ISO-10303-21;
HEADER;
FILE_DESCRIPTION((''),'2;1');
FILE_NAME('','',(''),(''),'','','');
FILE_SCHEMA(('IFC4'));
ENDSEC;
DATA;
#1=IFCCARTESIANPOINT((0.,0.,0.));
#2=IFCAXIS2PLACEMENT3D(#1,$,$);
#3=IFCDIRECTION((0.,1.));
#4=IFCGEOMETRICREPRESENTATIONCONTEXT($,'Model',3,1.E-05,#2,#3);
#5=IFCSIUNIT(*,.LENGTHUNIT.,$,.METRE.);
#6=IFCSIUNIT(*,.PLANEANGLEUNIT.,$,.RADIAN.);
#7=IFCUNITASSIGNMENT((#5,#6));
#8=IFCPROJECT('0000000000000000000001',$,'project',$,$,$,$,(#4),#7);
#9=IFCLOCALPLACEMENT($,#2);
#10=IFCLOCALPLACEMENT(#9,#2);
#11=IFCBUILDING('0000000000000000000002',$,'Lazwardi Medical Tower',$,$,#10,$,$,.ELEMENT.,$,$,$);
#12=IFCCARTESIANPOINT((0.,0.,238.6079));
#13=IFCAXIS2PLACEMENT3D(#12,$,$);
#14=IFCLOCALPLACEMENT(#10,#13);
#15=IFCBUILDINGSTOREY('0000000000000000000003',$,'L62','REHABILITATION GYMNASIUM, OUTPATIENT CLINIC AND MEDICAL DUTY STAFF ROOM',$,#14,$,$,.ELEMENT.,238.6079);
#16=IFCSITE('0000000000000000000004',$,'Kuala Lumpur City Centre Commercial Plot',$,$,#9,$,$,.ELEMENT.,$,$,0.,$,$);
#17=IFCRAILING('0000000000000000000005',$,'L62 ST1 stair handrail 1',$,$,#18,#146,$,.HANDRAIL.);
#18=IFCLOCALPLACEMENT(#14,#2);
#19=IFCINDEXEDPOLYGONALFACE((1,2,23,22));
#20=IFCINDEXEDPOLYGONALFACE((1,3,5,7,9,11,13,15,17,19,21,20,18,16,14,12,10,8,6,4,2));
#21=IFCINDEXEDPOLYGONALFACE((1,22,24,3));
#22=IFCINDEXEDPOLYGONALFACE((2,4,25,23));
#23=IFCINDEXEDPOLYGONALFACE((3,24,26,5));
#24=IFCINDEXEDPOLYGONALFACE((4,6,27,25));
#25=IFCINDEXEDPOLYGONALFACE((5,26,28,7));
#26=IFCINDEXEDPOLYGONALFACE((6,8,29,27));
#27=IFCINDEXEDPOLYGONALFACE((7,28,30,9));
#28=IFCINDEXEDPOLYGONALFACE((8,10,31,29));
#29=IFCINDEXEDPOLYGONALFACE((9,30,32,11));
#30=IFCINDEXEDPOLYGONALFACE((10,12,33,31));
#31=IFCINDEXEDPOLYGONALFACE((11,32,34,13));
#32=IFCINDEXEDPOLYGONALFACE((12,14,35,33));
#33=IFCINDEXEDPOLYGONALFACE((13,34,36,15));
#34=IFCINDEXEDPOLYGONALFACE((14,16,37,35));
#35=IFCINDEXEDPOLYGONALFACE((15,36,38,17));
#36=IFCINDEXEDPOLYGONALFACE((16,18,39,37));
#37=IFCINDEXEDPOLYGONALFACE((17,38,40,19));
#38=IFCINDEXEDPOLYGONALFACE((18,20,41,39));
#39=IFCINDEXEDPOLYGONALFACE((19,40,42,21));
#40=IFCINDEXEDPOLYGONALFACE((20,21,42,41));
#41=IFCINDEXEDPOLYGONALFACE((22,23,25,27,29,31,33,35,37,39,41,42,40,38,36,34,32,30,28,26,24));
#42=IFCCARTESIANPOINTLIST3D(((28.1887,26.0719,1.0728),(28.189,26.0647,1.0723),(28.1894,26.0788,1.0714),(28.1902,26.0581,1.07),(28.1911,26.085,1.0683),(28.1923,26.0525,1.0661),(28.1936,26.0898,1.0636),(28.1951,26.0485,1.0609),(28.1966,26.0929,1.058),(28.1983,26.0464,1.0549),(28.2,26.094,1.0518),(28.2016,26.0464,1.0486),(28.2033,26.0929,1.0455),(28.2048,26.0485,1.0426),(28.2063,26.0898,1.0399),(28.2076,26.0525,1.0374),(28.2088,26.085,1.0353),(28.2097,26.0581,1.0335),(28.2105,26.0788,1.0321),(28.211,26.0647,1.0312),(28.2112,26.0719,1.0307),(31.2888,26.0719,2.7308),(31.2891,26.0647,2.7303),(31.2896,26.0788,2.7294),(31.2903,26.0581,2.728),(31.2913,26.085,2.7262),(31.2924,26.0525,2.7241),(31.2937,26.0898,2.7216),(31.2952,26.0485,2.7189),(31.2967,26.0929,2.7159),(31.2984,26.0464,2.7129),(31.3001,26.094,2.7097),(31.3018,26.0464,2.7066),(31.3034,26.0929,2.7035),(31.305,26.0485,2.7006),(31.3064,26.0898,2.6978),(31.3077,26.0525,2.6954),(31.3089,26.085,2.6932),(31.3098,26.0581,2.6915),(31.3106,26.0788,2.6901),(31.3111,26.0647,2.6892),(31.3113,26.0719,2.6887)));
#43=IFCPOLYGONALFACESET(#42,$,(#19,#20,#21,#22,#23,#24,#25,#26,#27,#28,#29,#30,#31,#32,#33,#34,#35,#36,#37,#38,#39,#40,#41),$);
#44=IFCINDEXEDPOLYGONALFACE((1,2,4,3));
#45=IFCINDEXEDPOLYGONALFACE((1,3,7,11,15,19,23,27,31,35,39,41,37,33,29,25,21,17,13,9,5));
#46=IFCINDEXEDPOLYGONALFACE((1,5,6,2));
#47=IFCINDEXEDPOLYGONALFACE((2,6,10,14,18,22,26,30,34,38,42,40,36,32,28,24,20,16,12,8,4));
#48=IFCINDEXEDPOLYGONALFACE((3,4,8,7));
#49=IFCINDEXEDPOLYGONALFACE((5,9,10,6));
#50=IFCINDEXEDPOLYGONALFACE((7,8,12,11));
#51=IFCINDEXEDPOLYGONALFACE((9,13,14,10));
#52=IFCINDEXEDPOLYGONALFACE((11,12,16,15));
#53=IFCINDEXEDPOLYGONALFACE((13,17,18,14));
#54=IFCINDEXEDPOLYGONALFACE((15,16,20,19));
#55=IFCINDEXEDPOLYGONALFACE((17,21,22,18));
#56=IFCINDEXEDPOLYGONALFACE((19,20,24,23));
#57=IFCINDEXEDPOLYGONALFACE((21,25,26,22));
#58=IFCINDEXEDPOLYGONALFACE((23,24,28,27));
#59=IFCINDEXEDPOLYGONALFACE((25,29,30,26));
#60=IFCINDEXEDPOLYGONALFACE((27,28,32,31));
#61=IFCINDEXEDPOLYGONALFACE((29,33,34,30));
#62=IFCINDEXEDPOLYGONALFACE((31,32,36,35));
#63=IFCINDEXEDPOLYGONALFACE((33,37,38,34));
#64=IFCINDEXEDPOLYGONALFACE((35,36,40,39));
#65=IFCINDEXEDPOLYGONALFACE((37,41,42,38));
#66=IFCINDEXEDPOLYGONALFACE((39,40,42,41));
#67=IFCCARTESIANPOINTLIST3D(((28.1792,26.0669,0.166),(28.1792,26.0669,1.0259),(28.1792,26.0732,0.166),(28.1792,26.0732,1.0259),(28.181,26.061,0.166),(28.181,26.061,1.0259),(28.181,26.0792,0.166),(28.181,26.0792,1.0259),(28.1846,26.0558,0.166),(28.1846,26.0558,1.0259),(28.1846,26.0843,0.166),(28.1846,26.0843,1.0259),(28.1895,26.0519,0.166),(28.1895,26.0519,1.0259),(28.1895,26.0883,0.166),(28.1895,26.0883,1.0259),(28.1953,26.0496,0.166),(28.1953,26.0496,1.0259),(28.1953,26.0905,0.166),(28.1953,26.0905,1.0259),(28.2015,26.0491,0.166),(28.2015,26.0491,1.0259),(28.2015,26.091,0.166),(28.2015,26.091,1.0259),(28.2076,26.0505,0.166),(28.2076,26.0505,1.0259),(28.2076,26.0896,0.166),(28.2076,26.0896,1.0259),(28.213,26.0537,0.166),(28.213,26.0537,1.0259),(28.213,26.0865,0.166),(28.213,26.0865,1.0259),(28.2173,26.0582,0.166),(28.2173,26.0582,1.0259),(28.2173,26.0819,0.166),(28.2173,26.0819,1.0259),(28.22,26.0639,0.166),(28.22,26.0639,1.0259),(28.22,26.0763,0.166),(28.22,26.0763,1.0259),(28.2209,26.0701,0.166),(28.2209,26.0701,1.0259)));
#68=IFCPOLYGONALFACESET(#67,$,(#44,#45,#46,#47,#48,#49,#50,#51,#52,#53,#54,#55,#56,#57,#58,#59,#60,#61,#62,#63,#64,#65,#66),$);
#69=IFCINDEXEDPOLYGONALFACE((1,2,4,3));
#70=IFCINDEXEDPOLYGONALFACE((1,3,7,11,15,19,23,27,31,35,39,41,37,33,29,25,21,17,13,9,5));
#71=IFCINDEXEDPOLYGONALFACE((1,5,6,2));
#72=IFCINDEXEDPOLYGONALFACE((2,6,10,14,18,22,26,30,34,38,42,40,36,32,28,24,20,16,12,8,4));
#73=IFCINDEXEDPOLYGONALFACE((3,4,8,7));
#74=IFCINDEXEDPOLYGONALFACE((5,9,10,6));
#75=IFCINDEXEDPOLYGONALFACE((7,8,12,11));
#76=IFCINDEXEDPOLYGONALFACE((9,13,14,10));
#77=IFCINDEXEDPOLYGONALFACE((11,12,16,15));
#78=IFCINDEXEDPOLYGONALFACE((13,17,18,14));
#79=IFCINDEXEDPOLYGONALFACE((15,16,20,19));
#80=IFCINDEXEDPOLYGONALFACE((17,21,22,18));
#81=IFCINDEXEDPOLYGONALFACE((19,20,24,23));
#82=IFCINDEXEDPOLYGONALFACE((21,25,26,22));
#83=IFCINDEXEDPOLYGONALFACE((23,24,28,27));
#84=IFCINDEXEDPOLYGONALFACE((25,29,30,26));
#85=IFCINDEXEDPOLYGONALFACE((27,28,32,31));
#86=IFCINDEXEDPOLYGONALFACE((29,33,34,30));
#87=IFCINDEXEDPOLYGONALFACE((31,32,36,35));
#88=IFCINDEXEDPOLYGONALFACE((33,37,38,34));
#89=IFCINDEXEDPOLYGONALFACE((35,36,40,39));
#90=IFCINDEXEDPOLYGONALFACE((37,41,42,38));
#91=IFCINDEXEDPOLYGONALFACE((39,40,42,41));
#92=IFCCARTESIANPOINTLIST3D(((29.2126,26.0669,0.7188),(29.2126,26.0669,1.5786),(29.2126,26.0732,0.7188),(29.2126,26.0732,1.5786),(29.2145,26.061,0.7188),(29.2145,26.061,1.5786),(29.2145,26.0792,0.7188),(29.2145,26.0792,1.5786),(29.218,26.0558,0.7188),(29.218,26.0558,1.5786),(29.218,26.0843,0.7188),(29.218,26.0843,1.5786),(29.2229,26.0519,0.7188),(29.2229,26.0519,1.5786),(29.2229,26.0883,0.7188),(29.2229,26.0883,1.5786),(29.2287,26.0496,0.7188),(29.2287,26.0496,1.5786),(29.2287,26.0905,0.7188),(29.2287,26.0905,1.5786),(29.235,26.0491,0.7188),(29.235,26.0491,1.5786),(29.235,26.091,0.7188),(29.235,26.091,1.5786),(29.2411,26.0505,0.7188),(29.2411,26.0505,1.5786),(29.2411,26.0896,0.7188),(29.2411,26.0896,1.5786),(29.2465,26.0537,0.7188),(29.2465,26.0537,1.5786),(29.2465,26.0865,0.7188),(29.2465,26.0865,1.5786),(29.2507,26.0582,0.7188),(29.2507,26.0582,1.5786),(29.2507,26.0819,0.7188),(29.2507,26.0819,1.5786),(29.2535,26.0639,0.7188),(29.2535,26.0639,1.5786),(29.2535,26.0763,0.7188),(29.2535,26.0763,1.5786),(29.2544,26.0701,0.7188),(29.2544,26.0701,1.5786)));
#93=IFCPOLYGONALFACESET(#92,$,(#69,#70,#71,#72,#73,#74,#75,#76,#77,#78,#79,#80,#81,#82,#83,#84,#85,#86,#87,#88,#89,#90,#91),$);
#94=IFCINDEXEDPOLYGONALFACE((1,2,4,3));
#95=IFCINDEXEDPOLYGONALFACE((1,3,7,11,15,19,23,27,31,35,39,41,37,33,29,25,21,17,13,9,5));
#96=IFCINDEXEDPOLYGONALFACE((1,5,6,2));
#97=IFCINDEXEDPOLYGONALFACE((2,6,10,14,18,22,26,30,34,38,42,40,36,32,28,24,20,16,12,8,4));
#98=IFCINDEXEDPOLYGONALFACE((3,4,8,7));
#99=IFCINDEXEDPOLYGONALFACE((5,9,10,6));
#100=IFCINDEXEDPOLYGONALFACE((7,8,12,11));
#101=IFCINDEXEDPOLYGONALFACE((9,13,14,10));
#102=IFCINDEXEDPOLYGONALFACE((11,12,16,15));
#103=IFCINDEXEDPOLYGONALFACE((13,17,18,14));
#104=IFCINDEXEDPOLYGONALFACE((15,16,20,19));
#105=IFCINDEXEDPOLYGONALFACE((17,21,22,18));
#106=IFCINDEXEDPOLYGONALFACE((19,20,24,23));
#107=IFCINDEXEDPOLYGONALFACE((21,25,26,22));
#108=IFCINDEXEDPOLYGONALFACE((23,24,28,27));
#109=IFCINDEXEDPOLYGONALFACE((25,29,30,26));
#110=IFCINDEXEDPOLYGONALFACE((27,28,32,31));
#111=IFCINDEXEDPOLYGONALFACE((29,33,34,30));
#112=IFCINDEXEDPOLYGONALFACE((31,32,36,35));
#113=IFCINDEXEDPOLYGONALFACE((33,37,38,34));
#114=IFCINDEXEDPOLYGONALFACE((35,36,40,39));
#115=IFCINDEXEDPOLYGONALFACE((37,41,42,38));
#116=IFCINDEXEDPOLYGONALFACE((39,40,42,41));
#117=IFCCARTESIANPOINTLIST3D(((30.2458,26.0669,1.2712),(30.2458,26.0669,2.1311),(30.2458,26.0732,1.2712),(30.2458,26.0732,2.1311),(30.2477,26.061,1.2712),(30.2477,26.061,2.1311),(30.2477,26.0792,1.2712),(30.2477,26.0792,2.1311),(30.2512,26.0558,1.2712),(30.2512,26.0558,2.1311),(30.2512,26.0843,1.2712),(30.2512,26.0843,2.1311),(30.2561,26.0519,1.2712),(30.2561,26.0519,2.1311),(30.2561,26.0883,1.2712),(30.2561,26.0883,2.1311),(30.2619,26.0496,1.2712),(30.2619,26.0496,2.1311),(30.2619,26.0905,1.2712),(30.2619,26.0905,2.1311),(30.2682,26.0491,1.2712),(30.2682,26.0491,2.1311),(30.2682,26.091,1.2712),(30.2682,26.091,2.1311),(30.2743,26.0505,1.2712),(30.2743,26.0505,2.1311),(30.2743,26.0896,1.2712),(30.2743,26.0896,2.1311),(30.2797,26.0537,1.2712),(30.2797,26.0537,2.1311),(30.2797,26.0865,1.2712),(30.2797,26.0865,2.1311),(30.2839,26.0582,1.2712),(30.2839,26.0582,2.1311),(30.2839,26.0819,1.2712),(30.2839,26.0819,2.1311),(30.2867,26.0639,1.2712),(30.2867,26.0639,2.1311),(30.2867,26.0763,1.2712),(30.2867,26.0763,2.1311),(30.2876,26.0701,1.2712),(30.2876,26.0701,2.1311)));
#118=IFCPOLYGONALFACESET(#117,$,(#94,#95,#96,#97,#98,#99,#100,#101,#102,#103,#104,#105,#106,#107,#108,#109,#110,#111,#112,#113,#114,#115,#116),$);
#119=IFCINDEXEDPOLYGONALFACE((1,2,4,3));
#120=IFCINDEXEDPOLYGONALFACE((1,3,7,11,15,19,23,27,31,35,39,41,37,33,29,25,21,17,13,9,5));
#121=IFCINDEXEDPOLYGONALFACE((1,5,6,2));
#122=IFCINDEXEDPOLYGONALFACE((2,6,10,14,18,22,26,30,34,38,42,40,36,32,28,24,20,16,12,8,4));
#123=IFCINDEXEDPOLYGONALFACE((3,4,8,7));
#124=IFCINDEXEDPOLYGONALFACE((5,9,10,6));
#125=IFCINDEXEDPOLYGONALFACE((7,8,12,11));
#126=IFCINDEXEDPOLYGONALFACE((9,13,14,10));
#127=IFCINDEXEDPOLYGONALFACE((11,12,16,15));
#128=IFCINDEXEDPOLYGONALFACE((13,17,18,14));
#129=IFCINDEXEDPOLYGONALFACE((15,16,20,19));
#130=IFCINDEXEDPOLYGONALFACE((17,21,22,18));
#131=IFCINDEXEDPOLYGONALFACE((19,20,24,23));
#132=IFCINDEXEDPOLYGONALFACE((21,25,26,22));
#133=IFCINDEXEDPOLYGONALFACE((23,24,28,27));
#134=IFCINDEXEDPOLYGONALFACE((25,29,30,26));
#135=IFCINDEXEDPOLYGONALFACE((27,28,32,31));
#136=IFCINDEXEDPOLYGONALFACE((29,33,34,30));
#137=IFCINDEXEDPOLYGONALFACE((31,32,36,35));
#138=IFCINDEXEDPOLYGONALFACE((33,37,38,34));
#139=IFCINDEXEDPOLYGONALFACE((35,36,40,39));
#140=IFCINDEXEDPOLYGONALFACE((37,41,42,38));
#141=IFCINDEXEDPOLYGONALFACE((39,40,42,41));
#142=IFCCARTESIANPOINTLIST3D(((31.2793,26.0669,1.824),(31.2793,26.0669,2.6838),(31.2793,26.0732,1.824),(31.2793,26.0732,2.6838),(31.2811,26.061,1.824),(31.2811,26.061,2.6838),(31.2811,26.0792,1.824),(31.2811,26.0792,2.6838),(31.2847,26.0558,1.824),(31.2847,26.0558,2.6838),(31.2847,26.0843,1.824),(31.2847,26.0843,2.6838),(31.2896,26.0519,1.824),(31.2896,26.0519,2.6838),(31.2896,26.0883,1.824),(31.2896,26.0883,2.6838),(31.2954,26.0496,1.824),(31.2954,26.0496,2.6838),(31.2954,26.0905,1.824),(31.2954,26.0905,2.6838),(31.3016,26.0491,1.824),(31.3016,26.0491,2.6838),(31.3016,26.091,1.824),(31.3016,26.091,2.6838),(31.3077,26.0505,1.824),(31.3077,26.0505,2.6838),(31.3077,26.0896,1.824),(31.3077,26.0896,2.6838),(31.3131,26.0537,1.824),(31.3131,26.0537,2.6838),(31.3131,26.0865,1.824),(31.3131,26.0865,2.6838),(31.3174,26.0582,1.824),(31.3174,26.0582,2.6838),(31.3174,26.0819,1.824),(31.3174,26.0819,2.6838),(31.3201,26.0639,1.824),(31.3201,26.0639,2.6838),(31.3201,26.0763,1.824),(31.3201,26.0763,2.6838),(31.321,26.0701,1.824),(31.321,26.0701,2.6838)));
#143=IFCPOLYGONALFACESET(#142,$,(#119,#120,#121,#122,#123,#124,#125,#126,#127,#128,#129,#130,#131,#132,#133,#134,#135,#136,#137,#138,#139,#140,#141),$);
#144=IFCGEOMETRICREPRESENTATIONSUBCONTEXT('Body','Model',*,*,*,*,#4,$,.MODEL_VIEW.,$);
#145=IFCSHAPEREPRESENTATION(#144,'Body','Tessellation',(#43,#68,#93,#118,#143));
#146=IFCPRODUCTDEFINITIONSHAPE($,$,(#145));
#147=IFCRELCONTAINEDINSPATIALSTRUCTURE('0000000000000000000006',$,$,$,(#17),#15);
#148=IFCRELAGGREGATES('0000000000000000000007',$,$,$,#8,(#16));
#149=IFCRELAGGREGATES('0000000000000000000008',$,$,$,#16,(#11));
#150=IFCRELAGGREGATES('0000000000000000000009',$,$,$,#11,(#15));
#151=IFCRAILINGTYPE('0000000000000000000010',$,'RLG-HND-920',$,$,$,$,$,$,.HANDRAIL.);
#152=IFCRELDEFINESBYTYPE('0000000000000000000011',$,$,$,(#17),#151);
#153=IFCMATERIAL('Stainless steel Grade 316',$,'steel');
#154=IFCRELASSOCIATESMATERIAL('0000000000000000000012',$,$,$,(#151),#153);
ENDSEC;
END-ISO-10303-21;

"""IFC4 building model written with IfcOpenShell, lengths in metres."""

from ifc_helpers import new_model, si_unit, direction, frame, origin, origin_2d, place, context, subcontext, project, spatial, circle, extrude, material, type_object, element, save


model = new_model("IFC4")

# Units and contexts
model_context = context("Model", 3, precision=1e-05, world=origin(), true_north=direction((0.0, 1.0)))
body_context = subcontext(model_context, "Body", "Model", "MODEL_VIEW")
ifc_project = project(units=[si_unit("LENGTHUNIT", "METRE"), si_unit("PLANEANGLEUNIT", "RADIAN")], contexts=[model_context])

# Site, building, storey
site_placement = place(None, origin())
site = spatial("IfcSite", under=ifc_project, at=site_placement, Name="Kuala Lumpur City Centre Commercial Plot", CompositionType="ELEMENT", RefElevation=0.0)
building_placement = place(site_placement, origin())
building = spatial("IfcBuilding", under=site, at=building_placement, Name="Lazwardi Medical Tower", CompositionType="ELEMENT")
storey_placement = place(building_placement, frame((0.0, 0.0, 238.6079)))
storey = spatial("IfcBuildingStorey", under=building, at=storey_placement, Name="L62", Description="REHABILITATION GYMNASIUM, OUTPATIENT CLINIC AND MEDICAL DUTY STAFF ROOM", CompositionType="ELEMENT", Elevation=238.6079)

# Railing
ifc_material_1 = material(Name="Stainless steel Grade 316", Category="steel")
railing_type_1 = type_object("IfcRailingType", Name="RLG-HND-920", PredefinedType="HANDRAIL", material=ifc_material_1)
railing_1_placement = place(storey_placement, frame((28.2, 26.0701, 0.166)))
element("IfcRailing", 1, at=railing_1_placement, inside=storey, type_object=railing_type_1, Name="L62 ST1 stair handrail 1", PredefinedType="HANDRAIL", context=body_context, shape_type="SweptSolid", body=[
    extrude(circle(Radius=0.0239, at=origin_2d()), frame((0.0, 0.0, 0.8857), z_axis=(0.881812, 0.0, 0.471601), x_axis=(0.0, 1.0, 0.0)), (0.0, 0.0, 1.0), 3.5156),
    extrude(circle(Radius=0.021, at=origin_2d()), origin(), (0.0, 0.0, 1.0), 0.8599),
    extrude(circle(Radius=0.021, at=origin_2d()), frame((1.0334, 0.0, 0.5527)), (0.0, 0.0, 1.0), 0.8599),
    extrude(circle(Radius=0.021, at=origin_2d()), frame((2.0667, 0.0, 1.1052)), (0.0, 0.0, 1.0), 0.8599),
    extrude(circle(Radius=0.021, at=origin_2d()), frame((3.1001, 0.0, 1.658)), (0.0, 0.0, 1.0), 0.8599),
])

save(model, "model.ifc")
